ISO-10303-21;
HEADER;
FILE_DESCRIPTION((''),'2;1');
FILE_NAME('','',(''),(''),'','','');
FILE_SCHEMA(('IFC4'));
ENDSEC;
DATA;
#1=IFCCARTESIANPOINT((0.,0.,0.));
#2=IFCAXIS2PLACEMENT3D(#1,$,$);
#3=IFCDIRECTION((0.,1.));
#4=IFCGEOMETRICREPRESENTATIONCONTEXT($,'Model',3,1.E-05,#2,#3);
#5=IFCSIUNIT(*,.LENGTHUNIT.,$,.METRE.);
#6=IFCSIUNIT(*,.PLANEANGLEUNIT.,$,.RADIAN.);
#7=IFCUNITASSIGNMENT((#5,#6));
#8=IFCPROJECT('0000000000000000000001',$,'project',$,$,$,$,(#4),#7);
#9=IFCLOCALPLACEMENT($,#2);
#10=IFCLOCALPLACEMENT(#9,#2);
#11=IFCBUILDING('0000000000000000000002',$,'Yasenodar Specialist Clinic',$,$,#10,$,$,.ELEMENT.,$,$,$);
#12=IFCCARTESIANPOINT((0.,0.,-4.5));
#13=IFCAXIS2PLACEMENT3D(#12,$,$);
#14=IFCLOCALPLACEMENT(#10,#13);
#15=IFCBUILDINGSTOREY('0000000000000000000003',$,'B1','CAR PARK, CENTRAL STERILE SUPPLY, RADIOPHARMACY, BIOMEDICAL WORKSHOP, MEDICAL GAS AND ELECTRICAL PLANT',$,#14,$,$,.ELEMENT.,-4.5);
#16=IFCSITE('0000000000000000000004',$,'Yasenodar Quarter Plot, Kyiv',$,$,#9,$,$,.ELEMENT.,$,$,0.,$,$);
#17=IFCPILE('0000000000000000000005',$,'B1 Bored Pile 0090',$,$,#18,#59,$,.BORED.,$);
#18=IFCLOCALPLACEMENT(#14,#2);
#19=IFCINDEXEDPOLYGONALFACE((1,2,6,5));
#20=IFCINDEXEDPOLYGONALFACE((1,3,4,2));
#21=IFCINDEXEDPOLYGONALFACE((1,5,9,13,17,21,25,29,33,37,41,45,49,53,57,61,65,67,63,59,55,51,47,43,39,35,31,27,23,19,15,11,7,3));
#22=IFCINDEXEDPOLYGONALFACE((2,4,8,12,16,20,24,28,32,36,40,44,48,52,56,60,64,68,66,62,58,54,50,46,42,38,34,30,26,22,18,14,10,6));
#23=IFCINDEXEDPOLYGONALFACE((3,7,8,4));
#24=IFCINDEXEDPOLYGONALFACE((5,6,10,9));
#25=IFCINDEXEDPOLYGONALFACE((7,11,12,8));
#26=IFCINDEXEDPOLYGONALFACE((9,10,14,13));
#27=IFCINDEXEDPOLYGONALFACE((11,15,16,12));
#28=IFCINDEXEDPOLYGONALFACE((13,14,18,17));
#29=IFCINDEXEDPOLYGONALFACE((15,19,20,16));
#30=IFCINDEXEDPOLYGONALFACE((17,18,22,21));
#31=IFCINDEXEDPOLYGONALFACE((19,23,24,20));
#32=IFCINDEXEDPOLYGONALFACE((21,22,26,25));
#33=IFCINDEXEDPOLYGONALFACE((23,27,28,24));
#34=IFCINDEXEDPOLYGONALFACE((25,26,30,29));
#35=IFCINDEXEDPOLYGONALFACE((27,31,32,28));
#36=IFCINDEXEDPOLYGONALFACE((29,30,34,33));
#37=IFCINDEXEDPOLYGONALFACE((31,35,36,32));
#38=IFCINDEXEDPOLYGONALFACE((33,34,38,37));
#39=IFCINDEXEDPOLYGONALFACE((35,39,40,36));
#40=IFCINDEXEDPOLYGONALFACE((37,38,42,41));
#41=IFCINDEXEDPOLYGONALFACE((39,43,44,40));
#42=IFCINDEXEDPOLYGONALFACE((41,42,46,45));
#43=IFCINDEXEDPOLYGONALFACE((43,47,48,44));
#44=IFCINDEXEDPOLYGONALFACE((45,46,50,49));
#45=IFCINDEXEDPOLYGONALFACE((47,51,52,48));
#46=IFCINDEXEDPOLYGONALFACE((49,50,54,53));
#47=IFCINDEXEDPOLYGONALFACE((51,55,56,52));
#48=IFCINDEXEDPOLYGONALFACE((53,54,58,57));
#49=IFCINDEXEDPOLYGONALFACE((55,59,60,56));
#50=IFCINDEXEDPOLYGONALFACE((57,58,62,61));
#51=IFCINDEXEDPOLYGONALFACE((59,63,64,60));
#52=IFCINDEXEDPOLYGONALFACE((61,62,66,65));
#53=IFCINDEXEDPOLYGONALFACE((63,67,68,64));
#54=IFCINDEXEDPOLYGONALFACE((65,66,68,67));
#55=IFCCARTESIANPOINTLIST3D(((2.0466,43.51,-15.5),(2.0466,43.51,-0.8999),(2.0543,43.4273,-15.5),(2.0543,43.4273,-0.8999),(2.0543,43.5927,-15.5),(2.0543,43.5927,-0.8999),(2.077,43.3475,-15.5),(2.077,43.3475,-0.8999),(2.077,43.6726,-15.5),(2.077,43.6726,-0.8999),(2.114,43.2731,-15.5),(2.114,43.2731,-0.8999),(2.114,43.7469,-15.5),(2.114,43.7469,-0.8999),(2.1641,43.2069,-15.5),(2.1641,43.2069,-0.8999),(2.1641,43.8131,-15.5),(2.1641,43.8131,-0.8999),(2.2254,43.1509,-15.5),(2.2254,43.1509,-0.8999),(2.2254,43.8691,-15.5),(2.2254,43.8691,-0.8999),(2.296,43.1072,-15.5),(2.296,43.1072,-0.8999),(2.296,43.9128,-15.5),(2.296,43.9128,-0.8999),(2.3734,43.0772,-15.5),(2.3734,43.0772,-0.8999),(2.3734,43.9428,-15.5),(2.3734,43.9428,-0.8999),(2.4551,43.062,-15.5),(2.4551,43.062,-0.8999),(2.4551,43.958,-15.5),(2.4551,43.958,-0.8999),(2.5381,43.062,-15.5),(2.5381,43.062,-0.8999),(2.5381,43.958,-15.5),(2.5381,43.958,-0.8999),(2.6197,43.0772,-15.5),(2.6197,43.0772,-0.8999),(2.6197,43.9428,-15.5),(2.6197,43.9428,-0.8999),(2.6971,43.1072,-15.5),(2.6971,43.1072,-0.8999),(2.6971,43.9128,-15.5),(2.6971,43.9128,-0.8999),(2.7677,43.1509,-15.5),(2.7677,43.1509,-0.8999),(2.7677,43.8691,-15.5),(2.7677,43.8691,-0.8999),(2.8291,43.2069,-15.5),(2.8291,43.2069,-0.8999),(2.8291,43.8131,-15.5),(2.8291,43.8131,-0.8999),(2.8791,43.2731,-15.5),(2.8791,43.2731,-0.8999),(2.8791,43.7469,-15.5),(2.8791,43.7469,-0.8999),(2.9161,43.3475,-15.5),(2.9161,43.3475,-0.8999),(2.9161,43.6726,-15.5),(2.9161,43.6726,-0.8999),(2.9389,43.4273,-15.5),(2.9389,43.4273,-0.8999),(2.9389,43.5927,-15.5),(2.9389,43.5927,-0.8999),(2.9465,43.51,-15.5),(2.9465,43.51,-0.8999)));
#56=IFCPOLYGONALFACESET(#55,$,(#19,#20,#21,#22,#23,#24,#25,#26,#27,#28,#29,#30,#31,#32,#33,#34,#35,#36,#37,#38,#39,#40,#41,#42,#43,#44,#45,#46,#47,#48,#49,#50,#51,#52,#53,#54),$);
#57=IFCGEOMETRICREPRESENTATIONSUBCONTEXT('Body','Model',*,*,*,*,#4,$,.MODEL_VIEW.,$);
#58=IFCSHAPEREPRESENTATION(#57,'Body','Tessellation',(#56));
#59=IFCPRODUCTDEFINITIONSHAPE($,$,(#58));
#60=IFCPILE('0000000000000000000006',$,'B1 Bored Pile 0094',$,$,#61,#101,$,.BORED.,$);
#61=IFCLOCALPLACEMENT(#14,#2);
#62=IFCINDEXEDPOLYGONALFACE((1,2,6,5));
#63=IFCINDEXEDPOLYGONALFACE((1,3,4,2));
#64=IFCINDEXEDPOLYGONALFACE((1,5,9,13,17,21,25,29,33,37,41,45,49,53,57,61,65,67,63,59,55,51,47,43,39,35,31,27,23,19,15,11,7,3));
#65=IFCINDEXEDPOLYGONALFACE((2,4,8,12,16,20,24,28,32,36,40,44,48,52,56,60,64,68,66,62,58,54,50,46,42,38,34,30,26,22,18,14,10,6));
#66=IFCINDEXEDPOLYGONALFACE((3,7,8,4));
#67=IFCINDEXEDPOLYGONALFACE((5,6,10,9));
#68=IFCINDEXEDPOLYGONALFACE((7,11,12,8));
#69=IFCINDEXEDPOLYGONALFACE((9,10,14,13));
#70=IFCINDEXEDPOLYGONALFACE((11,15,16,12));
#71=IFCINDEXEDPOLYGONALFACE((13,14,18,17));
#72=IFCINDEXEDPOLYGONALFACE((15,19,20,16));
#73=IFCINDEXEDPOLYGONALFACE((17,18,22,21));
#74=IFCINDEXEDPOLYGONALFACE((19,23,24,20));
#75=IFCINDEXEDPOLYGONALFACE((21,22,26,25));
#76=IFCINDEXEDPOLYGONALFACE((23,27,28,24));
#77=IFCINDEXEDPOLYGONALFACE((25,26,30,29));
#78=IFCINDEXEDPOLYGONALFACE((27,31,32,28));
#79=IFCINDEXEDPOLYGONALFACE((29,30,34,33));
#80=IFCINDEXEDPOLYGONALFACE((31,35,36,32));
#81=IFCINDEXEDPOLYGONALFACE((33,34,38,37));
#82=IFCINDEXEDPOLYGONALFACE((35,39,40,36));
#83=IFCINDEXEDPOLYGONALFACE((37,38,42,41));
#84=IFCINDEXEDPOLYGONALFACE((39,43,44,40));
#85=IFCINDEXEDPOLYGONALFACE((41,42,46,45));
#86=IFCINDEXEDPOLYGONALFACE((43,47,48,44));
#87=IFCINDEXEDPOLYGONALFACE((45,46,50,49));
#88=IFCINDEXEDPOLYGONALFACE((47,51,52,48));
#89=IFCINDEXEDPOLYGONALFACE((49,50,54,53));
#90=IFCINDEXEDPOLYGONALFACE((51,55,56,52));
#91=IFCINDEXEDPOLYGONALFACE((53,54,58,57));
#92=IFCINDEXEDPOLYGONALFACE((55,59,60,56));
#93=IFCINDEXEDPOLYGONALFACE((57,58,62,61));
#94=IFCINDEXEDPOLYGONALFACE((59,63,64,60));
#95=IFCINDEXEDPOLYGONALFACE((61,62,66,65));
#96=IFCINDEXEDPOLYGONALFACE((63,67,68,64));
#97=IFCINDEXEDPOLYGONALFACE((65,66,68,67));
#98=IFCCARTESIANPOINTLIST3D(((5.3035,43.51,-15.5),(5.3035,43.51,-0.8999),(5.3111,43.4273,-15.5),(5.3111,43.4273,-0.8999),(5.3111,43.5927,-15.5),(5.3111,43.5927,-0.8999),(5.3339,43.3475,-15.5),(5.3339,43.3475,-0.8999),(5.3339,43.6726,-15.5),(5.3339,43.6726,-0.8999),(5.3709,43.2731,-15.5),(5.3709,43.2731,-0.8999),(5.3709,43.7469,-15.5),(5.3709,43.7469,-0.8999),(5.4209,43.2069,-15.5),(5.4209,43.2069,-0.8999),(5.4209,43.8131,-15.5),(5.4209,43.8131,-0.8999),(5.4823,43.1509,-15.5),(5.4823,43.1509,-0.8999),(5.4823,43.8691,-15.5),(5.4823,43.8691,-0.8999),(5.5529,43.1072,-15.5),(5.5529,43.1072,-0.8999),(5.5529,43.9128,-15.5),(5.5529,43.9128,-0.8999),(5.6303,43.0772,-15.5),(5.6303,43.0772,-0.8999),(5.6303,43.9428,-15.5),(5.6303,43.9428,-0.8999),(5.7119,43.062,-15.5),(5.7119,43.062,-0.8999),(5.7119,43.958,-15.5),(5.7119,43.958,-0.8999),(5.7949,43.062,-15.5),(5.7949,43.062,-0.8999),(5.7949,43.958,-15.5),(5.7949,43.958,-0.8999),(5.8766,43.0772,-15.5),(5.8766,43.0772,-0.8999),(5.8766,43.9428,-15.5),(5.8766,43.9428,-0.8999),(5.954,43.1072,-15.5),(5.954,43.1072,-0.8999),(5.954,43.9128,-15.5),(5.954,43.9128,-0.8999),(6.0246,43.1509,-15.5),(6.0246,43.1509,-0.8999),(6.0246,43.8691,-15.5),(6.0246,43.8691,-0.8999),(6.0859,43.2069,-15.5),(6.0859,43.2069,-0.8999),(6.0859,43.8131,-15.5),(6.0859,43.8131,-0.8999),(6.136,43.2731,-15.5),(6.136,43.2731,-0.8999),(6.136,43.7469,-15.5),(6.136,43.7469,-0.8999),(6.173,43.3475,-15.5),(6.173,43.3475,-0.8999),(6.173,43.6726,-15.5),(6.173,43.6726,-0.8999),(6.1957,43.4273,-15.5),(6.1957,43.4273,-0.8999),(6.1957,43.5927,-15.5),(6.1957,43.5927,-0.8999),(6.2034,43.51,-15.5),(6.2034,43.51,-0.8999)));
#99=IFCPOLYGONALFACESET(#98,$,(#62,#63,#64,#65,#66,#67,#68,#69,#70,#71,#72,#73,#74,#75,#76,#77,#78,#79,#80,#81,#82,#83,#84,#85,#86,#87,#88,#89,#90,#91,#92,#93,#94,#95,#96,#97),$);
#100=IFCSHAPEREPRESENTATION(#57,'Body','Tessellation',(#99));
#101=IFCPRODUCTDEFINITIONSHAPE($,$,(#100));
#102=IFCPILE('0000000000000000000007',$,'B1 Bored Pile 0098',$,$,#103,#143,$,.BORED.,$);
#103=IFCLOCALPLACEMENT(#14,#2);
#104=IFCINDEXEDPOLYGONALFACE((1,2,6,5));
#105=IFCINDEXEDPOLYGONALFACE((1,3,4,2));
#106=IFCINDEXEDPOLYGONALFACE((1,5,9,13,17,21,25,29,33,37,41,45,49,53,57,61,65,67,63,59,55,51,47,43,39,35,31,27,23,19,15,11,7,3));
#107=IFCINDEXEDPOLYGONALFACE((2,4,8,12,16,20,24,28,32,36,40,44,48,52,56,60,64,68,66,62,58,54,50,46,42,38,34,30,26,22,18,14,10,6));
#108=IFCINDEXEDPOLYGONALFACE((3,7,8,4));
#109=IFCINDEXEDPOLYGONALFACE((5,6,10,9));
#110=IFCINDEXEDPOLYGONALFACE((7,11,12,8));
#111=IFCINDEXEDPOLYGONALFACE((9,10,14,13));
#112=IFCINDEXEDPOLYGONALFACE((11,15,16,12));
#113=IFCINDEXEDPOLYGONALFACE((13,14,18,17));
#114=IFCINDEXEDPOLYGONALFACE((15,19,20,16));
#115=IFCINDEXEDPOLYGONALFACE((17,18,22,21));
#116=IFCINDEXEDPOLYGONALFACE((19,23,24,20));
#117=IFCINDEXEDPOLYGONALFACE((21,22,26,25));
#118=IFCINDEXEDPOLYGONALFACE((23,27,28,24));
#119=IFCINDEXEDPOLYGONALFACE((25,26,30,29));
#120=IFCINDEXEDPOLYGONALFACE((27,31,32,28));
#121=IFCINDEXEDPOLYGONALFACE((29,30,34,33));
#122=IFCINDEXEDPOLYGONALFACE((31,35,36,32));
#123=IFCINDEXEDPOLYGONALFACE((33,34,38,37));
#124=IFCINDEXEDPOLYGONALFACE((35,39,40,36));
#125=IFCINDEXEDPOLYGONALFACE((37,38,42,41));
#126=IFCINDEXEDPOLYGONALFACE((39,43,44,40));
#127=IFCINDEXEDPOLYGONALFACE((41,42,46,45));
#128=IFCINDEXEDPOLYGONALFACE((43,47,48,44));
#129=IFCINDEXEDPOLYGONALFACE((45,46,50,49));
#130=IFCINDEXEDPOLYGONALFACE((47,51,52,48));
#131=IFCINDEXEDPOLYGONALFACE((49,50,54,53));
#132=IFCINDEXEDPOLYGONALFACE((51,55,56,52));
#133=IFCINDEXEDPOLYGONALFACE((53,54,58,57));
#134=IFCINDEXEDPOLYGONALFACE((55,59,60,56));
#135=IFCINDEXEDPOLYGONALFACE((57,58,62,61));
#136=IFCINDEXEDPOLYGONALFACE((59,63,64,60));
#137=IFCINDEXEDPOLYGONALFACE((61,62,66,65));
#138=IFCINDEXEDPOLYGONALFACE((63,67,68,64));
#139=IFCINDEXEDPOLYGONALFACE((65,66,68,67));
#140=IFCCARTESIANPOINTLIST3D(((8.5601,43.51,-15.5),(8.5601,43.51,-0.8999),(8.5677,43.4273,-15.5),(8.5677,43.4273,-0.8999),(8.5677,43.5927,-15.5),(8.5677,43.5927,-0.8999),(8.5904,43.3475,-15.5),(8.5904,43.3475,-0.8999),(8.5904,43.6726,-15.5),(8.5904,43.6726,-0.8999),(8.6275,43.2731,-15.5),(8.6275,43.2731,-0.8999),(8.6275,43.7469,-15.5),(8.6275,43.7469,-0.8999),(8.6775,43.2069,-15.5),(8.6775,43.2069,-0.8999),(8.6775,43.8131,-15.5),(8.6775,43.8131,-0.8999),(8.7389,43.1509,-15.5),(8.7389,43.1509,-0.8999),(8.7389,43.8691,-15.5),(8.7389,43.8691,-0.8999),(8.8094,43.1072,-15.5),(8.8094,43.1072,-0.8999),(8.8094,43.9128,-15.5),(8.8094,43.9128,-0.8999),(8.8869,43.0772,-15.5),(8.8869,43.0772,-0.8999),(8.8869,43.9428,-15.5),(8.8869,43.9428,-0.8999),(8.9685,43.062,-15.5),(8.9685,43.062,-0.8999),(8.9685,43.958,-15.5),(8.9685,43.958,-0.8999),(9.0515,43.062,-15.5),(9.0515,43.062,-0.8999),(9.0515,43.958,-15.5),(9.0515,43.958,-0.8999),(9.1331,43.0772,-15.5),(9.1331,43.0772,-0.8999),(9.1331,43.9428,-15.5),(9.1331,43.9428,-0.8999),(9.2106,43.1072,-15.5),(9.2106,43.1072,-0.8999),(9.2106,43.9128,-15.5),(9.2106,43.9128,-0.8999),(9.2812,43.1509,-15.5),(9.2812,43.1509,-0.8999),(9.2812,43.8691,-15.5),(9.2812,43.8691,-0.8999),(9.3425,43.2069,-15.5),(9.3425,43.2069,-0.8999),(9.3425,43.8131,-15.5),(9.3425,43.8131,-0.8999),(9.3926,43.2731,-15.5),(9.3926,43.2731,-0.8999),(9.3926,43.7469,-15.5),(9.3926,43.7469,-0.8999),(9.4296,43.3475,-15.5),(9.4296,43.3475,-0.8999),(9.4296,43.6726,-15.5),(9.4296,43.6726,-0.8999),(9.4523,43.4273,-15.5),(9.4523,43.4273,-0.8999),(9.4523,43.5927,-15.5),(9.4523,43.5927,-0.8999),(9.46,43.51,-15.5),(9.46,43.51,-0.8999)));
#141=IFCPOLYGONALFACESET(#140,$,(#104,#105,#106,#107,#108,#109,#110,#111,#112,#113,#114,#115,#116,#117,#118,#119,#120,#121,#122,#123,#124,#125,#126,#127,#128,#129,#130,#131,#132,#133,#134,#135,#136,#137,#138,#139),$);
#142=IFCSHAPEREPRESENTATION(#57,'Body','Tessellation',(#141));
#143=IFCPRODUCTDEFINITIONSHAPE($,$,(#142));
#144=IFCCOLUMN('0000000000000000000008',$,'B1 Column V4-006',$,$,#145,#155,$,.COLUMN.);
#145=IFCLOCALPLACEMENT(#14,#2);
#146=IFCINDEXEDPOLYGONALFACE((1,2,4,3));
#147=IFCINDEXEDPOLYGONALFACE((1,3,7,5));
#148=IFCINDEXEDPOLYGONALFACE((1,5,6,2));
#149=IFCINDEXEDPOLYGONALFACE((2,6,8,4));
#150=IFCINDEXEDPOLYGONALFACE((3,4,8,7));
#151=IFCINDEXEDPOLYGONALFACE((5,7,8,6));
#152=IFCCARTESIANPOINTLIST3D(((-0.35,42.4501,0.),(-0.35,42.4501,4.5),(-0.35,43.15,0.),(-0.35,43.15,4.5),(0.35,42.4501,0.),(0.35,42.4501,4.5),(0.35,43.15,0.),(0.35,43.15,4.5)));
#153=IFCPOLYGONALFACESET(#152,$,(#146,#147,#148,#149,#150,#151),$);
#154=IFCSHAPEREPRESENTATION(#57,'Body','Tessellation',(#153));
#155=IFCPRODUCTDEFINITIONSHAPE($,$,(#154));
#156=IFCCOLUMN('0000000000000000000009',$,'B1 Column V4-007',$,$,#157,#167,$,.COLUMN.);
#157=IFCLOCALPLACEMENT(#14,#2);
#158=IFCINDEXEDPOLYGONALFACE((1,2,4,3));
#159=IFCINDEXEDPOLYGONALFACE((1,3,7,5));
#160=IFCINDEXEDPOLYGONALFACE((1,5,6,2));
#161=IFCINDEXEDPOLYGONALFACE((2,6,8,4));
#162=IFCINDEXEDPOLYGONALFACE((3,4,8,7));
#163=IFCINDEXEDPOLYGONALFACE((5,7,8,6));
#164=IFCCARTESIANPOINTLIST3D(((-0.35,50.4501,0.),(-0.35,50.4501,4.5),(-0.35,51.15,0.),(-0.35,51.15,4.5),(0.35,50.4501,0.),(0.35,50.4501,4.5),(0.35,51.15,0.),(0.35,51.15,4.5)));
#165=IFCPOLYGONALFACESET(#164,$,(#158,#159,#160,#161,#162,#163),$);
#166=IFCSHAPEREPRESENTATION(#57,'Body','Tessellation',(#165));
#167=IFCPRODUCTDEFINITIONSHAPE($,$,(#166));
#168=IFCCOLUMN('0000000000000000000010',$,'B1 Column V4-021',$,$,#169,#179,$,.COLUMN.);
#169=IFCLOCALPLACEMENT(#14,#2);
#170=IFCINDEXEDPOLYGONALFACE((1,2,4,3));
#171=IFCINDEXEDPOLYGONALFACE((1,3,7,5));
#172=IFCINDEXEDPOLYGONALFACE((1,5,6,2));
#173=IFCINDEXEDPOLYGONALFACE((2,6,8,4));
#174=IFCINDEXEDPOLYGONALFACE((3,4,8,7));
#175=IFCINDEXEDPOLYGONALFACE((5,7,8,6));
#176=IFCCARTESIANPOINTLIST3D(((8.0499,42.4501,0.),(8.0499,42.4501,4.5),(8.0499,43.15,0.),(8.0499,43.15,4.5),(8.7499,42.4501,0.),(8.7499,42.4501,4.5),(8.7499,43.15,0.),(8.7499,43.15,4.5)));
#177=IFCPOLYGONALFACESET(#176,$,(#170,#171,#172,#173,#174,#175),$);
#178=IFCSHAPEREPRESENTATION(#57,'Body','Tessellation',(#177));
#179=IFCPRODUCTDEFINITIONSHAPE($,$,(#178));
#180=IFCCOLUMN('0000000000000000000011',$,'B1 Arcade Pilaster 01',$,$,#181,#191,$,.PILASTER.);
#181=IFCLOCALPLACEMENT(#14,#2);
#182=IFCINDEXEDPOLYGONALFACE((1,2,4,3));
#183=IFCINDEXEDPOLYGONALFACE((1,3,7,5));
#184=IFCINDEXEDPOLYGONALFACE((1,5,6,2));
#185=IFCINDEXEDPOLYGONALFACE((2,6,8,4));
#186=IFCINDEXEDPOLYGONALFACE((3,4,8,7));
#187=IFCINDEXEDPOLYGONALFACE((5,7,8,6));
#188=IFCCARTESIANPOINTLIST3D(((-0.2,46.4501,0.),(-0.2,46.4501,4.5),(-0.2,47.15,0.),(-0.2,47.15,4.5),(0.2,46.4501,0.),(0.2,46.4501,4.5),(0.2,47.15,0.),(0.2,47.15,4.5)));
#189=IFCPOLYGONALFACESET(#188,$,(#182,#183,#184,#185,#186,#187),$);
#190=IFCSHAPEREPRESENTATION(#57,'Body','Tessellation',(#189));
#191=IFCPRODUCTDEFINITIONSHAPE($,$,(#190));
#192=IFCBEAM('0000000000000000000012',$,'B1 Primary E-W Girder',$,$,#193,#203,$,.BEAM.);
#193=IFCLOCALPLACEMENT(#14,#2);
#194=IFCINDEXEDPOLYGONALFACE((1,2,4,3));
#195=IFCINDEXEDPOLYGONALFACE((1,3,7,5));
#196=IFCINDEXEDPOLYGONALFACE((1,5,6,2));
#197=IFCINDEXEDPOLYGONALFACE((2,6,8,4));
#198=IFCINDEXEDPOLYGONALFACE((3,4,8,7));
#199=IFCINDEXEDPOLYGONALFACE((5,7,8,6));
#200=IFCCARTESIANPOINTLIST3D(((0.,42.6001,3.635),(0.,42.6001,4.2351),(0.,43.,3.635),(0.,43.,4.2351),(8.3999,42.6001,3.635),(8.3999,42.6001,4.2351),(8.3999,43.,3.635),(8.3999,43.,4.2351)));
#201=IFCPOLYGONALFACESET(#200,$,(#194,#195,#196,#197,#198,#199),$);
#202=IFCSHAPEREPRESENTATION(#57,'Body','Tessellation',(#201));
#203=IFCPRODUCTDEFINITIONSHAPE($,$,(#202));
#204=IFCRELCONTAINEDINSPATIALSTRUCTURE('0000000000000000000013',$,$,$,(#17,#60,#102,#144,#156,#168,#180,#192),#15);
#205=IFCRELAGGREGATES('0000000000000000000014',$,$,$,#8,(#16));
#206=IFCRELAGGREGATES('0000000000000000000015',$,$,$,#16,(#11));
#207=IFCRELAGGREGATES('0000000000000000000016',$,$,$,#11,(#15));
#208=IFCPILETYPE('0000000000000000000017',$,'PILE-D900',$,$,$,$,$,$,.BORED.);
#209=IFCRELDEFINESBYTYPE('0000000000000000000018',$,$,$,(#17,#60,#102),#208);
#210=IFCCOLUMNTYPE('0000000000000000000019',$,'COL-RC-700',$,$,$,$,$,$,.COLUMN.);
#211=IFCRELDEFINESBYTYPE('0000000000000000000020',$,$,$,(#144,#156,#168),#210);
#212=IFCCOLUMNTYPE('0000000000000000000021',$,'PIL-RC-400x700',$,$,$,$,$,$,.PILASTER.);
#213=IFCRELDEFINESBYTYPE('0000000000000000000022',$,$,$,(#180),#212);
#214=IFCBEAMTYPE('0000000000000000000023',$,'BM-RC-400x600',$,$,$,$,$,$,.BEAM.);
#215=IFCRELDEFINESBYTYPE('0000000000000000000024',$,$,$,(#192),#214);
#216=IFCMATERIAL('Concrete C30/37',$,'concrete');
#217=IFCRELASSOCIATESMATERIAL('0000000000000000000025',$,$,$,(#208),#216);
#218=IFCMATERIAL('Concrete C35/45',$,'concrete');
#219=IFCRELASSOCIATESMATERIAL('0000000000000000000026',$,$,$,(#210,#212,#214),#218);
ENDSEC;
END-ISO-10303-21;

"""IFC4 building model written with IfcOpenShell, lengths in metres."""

from ifc_helpers import new_model, si_unit, direction, frame, origin, origin_2d, place, context, subcontext, project, spatial, rectangle, circle, extrude, material, material_profile, profile_set, type_object, element, save


model = new_model("IFC4")

# Units and contexts
model_context = context("Model", 3, precision=1e-05, world=origin(), true_north=direction((0.0, 1.0)))
body_context = subcontext(model_context, "Body", "Model", "MODEL_VIEW")
ifc_project = project(units=[si_unit("LENGTHUNIT", "METRE"), si_unit("PLANEANGLEUNIT", "RADIAN")], contexts=[model_context])

# Site, building, storey
site_placement = place(None, origin())
site = spatial("IfcSite", under=ifc_project, at=site_placement, Name="Yasenodar Quarter Plot, Kyiv", CompositionType="ELEMENT", RefElevation=0.0)
building_placement = place(site_placement, origin())
building = spatial("IfcBuilding", under=site, at=building_placement, Name="Yasenodar Specialist Clinic", CompositionType="ELEMENT")
storey_placement = place(building_placement, frame((0.0, 0.0, -4.5)))
storey = spatial("IfcBuildingStorey", under=building, at=storey_placement, Name="B1", Description="CAR PARK, CENTRAL STERILE SUPPLY, RADIOPHARMACY, BIOMEDICAL WORKSHOP, MEDICAL GAS AND ELECTRICAL PLANT", CompositionType="ELEMENT", Elevation=-4.5)

# Shared definitions
ifc_material_1 = material(Name="Concrete C35/45", Category="concrete")

# Piles
ifc_material_2 = material(Name="Concrete C30/37", Category="concrete")
ifc_material_profile_1 = material_profile(ifc_material_2, circle(Radius=0.45, at=origin_2d()), Name="PILE D900")
ifc_profile_set_1 = profile_set([ifc_material_profile_1], Name="Concrete C30/37")
pile_type_1 = type_object("IfcPileType", Name="PILE-D900", PredefinedType="BORED", material=ifc_profile_set_1)
for number, where, z_axis, x_axis, name in (
    (1, (2.4966, 43.51, -0.8999), (0.0, 0.0, -1.0), (1.0, 0.0, 0.0), "B1 Bored Pile 0090"),
    (2, (5.7534, 43.51, -0.8999), (0.0, 0.0, -1.0), (1.0, 0.0, 0.0), "B1 Bored Pile 0094"),
    (3, (9.01, 43.51, -0.8999), (0.0, 0.0, -1.0), (1.0, 0.0, 0.0), "B1 Bored Pile 0098"),
):
    element("IfcPile", number, at=place(storey_placement, frame(where, z_axis=z_axis, x_axis=x_axis)), inside=storey, type_object=pile_type_1, Name=name, PredefinedType="BORED", context=body_context, shape_type="SweptSolid", body=[
        extrude(circle(Radius=0.45, at=origin_2d()), origin(), (0.0, 0.0, 1.0), 14.6001),
    ])

# Columns
ifc_material_profile_2 = material_profile(ifc_material_1, rectangle(XDim=0.7, YDim=0.7, at=origin_2d()), Name="RC 700x700")
ifc_profile_set_2 = profile_set([ifc_material_profile_2], Name="Concrete C35/45")
column_type_1 = type_object("IfcColumnType", Name="COL-RC-700", PredefinedType="COLUMN", material=ifc_profile_set_2)
for number, where, z_axis, x_axis, name in (
    (4, (0.0, 42.8, 0.0), (0.0, 0.0, 1.0), (1.0, 0.0, 0.0), "B1 Column V4-006"),
    (5, (0.0, 50.8, 0.0), (0.0, 0.0, 1.0), (1.0, 0.0, 0.0), "B1 Column V4-007"),
    (6, (8.3999, 42.8, 0.0), (0.0, 0.0, 1.0), (1.0, 0.0, 0.0), "B1 Column V4-021"),
):
    element("IfcColumn", number, at=place(storey_placement, frame(where, z_axis=z_axis, x_axis=x_axis)), inside=storey, type_object=column_type_1, Name=name, PredefinedType="COLUMN", context=body_context, shape_type="SweptSolid", body=[
        extrude(rectangle(XDim=0.7, YDim=0.7, at=origin_2d()), origin(), (0.0, 0.0, 1.0), 4.5),
    ])
ifc_material_profile_3 = material_profile(ifc_material_1, rectangle(XDim=0.3999, YDim=0.7, at=origin_2d()), Name="RC 400x700")
ifc_profile_set_3 = profile_set([ifc_material_profile_3], Name="Concrete C35/45")
column_type_2 = type_object("IfcColumnType", Name="PIL-RC-400x700", PredefinedType="PILASTER", material=ifc_profile_set_3)
column_placement = place(storey_placement, frame((0.0, 46.8, 0.0), z_axis=(0.0, 0.0, 1.0), x_axis=(1.0, 0.0, 0.0)))
element("IfcColumn", 7, at=column_placement, inside=storey, type_object=column_type_2, Name="B1 Arcade Pilaster 01", PredefinedType="PILASTER", context=body_context, shape_type="SweptSolid", body=[
    extrude(rectangle(XDim=0.3999, YDim=0.7, at=origin_2d()), origin(), (0.0, 0.0, 1.0), 4.5),
])

# Beam
ifc_material_profile_4 = material_profile(ifc_material_1, rectangle(XDim=0.3999, YDim=0.6001, at=origin_2d()), Name="RC 400x600")
ifc_profile_set_4 = profile_set([ifc_material_profile_4], Name="Concrete C35/45")
beam_type_1 = type_object("IfcBeamType", Name="BM-RC-400x600", PredefinedType="BEAM", material=ifc_profile_set_4)
beam_1_placement = place(storey_placement, frame((0.0, 42.8, 3.9351), z_axis=(1.0, 0.0, 0.0), x_axis=(0.0, 1.0, 0.0)))
element("IfcBeam", 8, at=beam_1_placement, inside=storey, type_object=beam_type_1, Name="B1 Primary E-W Girder", PredefinedType="BEAM", context=body_context, shape_type="SweptSolid", body=[
    extrude(rectangle(XDim=0.3999, YDim=0.6001, at=origin_2d()), origin(), (0.0, 0.0, 1.0), 8.3999),
])

save(model, "model.ifc")
